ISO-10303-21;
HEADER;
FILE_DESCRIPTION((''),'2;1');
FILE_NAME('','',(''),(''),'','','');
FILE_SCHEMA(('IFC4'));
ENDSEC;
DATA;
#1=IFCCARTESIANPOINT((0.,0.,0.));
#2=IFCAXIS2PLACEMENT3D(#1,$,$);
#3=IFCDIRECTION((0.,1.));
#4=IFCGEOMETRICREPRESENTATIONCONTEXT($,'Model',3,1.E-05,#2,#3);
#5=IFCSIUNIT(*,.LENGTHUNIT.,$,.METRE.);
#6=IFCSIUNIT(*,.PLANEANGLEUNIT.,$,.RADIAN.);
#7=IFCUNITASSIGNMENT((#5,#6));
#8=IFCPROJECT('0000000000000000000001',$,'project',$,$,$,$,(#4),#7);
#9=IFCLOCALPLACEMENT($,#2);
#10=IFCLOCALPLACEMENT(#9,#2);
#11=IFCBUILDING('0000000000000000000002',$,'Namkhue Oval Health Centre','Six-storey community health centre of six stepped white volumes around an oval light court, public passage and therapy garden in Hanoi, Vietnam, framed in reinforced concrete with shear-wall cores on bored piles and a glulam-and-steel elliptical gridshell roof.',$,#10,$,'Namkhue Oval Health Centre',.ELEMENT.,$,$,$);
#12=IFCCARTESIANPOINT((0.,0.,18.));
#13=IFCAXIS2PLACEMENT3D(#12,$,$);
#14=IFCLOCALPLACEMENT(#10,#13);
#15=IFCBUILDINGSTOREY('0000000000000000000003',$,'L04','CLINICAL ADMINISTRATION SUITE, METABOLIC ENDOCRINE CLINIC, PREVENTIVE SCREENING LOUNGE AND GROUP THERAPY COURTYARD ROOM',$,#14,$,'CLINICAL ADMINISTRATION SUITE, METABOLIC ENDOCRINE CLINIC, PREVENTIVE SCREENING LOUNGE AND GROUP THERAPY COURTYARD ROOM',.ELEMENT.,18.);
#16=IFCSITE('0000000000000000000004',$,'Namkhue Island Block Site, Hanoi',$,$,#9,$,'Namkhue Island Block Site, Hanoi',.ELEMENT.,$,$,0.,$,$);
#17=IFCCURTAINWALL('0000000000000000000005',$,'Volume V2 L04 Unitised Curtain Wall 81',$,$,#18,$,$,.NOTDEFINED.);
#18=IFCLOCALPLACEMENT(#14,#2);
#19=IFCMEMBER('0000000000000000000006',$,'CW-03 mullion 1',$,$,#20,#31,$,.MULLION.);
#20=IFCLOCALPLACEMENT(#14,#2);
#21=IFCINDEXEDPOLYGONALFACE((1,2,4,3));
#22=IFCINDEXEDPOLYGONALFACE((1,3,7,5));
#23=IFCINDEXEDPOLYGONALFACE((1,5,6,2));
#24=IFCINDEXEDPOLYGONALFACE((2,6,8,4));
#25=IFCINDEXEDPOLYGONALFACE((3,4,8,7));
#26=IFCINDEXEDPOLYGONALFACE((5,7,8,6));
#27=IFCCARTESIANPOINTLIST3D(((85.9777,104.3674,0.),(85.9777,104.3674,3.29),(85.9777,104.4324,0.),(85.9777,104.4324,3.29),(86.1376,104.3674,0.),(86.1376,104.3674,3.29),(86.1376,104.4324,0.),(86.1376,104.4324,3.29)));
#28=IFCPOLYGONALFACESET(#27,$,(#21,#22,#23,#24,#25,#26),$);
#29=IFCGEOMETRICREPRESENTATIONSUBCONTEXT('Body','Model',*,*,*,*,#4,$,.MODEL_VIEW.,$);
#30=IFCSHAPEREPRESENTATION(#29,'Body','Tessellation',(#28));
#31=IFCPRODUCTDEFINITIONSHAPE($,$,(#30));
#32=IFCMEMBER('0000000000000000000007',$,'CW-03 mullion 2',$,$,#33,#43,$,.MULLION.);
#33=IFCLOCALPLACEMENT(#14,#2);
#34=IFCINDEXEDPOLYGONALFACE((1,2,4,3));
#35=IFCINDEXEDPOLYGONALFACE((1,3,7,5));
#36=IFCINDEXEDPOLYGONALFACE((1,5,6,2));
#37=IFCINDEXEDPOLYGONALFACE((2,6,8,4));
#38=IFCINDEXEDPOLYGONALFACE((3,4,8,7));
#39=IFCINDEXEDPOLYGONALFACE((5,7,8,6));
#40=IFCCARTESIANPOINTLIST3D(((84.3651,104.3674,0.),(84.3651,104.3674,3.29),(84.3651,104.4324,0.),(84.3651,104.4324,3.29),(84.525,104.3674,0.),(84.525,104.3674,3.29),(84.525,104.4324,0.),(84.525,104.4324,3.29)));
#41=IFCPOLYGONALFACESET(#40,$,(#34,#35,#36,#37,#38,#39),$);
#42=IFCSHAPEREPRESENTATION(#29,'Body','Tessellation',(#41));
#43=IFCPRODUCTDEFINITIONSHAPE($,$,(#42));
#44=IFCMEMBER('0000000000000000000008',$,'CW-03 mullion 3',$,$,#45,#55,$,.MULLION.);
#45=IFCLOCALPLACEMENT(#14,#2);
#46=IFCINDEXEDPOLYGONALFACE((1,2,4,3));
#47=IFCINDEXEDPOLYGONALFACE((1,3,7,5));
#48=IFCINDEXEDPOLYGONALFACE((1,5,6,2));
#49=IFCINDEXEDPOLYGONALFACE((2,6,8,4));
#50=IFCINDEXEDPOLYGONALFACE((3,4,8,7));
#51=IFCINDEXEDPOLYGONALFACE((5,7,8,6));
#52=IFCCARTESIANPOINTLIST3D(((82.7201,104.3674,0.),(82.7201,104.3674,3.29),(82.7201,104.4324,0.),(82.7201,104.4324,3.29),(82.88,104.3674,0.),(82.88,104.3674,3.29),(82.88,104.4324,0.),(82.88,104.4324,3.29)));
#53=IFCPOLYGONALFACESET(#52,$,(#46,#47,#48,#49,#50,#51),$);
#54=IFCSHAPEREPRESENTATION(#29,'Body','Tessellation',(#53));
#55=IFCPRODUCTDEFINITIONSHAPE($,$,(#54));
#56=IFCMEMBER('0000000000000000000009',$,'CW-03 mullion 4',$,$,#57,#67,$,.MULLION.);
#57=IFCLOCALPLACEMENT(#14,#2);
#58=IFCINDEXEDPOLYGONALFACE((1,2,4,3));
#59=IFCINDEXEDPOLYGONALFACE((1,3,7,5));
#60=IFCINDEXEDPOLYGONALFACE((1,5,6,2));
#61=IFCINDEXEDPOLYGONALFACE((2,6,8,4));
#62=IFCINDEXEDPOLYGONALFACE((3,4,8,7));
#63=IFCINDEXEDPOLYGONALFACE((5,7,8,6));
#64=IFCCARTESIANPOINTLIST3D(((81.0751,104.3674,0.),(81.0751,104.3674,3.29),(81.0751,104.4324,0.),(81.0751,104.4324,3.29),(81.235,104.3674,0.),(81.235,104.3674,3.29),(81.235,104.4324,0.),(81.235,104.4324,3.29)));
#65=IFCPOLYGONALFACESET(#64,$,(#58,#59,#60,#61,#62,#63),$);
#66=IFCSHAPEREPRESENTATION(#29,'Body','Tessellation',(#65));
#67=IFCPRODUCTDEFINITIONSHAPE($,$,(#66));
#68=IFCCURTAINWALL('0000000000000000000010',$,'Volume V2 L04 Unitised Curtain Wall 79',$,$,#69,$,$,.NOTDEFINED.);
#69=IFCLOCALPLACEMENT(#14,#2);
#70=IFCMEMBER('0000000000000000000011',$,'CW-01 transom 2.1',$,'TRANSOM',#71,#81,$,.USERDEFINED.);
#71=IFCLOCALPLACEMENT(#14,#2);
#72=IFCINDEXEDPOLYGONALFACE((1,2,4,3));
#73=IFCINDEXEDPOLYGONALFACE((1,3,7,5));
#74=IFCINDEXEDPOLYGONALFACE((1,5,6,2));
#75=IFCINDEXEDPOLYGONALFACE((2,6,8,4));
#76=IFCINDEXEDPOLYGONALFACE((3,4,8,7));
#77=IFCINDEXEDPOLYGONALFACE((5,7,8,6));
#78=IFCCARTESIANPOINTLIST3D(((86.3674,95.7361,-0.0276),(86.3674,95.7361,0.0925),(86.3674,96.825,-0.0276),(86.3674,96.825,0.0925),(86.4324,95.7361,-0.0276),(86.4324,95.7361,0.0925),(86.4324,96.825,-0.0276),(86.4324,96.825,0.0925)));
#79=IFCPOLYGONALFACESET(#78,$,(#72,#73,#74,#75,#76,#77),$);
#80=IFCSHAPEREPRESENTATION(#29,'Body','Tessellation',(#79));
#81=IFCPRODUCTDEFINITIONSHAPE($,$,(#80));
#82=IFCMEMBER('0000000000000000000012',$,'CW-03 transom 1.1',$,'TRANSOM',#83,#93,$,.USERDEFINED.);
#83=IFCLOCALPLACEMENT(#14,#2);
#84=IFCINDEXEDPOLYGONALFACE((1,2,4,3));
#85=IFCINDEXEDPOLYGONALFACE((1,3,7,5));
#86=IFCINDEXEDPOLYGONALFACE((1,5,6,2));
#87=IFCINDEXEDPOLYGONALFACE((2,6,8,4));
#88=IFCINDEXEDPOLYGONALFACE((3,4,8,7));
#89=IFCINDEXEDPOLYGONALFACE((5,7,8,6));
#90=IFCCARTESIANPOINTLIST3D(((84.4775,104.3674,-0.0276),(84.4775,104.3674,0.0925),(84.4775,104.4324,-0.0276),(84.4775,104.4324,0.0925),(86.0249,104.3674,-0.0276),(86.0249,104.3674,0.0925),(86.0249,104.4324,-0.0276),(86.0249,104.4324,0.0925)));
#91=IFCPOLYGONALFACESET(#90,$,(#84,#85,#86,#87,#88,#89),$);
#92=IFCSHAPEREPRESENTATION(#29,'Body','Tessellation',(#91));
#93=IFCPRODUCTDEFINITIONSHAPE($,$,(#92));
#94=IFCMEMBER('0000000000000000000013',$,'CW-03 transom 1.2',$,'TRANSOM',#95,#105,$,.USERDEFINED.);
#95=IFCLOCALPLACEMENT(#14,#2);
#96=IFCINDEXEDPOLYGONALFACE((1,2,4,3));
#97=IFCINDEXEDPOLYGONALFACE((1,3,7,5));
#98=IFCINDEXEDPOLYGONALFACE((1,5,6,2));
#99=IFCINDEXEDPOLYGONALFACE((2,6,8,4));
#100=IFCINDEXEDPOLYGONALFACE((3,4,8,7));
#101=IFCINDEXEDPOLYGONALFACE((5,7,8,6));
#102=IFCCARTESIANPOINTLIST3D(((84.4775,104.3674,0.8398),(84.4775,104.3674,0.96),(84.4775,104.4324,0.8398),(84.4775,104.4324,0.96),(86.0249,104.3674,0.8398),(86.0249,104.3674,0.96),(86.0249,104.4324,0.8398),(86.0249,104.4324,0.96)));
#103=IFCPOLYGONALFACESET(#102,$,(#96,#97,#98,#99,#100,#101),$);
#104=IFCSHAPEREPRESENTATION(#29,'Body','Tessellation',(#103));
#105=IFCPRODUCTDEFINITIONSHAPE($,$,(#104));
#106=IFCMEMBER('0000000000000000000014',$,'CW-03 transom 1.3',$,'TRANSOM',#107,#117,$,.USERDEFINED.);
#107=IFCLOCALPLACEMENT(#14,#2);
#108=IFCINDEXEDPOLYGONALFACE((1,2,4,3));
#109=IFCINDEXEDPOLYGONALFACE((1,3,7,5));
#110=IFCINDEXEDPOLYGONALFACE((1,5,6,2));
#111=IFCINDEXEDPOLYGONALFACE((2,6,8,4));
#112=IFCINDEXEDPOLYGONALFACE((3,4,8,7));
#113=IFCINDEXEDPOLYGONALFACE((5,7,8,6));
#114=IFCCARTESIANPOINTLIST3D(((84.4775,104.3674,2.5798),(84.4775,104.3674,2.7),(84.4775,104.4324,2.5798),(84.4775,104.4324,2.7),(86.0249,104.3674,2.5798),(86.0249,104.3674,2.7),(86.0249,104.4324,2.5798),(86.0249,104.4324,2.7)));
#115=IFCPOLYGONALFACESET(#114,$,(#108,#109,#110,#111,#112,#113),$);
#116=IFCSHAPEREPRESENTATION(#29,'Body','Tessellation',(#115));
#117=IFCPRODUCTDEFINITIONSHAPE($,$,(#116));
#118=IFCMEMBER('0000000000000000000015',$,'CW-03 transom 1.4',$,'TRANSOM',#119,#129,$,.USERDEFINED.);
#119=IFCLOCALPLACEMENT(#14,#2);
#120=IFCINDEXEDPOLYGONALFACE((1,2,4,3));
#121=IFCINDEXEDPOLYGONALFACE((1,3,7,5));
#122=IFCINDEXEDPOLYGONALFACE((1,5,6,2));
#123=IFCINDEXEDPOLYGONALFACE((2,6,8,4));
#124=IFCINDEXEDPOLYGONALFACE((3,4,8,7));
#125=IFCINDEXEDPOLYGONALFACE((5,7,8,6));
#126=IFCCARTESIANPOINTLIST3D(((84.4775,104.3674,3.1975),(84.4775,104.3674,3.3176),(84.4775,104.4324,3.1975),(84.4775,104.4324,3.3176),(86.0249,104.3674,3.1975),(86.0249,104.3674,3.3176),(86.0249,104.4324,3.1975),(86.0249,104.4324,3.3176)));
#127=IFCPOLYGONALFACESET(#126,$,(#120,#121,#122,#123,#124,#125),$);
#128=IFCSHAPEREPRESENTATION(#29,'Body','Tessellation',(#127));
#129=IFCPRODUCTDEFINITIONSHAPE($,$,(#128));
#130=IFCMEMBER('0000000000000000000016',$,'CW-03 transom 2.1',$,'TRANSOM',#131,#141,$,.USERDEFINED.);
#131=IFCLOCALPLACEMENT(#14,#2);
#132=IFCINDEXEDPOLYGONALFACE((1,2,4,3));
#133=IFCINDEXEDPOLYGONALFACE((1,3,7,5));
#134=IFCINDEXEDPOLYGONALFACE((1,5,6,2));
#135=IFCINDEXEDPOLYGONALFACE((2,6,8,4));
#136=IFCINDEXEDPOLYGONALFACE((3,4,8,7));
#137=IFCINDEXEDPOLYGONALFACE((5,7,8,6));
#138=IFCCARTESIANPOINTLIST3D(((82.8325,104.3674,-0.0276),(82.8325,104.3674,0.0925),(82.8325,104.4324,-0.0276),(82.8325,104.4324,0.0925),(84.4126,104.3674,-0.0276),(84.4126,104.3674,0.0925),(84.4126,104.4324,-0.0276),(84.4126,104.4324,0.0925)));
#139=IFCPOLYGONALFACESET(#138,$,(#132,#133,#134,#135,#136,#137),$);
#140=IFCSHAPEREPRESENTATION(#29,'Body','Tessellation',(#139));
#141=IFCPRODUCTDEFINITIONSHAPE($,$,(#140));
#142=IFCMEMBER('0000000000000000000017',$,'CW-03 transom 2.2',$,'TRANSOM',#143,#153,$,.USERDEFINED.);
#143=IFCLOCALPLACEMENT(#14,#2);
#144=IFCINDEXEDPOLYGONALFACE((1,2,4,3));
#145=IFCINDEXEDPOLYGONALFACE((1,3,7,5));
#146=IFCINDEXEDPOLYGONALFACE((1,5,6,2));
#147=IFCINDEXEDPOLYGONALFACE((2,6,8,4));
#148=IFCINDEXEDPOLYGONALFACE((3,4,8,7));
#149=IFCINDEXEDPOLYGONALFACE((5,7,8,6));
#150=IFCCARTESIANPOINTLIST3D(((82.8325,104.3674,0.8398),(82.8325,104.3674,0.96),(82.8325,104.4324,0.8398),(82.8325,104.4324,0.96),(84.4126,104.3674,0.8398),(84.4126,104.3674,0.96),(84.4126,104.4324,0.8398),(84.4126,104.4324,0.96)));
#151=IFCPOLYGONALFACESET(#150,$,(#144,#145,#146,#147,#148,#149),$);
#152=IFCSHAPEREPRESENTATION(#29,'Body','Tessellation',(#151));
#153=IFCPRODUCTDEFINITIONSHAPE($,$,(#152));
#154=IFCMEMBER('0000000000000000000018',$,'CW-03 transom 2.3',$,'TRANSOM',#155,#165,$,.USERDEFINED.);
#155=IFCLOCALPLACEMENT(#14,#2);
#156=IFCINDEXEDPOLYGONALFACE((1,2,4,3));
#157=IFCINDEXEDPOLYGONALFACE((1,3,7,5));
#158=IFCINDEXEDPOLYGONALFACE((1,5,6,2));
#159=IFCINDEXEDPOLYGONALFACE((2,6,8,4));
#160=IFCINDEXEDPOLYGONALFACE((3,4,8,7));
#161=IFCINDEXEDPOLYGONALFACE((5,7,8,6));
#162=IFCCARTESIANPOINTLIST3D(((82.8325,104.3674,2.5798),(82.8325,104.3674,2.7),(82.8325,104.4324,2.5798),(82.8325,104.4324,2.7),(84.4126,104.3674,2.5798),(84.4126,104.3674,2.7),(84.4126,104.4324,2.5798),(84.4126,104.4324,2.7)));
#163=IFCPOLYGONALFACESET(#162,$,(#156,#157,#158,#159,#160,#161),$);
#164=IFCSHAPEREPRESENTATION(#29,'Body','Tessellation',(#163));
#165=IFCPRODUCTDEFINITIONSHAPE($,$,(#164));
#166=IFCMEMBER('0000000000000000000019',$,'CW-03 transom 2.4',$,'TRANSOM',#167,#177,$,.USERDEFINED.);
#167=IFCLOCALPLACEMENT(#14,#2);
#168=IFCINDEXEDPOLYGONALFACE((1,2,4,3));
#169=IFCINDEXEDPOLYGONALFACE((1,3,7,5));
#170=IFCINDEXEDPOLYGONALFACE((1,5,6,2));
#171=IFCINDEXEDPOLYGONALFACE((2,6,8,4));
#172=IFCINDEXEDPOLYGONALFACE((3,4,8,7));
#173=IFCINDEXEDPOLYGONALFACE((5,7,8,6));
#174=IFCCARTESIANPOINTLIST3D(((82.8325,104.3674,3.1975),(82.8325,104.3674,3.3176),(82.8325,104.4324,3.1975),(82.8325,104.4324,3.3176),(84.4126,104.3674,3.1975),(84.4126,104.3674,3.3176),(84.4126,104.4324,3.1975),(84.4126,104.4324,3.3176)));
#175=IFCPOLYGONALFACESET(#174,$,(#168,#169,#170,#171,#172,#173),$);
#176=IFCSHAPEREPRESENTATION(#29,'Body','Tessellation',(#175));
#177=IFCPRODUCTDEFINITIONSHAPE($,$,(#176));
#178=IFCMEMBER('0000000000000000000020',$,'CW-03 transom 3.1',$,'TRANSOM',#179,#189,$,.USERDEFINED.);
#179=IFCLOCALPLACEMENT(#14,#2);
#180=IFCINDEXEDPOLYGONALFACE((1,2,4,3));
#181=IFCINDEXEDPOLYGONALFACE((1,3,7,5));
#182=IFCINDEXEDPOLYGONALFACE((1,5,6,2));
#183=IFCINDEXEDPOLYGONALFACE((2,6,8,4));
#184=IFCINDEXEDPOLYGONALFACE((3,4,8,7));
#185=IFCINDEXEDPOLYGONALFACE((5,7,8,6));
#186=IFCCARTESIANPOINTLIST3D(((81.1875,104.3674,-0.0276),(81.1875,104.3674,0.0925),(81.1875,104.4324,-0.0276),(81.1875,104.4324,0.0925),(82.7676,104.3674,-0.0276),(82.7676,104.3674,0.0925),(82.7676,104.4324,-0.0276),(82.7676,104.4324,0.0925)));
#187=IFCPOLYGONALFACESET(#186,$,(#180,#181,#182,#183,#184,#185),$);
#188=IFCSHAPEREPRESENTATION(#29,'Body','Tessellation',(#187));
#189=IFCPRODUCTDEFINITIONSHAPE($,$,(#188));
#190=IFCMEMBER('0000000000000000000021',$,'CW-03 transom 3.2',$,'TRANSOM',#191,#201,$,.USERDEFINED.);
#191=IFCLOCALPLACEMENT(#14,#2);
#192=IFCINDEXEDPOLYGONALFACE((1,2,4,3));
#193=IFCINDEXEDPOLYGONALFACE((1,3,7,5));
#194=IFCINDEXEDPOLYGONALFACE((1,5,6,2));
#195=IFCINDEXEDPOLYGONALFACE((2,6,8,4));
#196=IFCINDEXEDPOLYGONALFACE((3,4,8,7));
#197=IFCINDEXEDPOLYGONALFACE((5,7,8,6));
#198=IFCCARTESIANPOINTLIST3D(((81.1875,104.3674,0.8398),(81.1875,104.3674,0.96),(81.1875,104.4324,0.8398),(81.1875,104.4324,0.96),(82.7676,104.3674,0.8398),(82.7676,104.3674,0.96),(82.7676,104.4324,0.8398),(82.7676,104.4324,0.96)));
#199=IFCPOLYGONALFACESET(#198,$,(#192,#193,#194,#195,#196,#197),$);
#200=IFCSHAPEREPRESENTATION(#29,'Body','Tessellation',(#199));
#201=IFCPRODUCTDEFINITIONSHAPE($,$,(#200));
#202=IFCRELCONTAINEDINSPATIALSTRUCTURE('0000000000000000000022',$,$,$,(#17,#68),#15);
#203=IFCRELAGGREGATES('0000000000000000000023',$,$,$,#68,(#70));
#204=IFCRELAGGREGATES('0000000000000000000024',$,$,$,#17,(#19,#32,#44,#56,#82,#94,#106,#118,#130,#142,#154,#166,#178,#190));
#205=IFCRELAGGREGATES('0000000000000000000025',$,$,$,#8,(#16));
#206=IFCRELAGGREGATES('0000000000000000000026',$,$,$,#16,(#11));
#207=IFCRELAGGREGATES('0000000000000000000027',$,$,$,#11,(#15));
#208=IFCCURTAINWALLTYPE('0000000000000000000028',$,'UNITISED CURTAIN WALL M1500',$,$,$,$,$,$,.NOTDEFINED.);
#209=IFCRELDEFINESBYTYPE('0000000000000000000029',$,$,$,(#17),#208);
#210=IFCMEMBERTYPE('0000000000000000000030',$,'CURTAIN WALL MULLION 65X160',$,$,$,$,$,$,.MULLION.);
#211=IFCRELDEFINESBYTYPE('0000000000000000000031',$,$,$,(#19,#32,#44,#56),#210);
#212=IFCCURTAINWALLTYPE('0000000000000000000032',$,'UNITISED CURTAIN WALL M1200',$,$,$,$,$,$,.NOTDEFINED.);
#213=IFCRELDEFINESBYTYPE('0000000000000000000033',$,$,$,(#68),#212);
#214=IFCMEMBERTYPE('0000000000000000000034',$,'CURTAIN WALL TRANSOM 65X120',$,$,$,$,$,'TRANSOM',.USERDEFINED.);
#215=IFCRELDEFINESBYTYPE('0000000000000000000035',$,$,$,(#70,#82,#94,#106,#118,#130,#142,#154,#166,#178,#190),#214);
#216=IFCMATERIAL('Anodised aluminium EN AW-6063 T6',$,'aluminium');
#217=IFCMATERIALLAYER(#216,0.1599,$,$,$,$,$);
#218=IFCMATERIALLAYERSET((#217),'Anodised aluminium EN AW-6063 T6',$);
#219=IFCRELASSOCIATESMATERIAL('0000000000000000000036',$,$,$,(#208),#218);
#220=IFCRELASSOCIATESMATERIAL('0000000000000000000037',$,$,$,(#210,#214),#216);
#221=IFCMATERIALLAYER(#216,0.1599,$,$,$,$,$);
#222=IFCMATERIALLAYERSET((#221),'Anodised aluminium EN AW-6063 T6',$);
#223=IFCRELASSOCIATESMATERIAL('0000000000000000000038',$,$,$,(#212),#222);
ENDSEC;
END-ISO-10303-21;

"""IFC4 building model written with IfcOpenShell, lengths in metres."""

from ifc_helpers import new_model, si_unit, direction, frame, origin, origin_2d, place, context, subcontext, project, spatial, rectangle, extrude, material, layer, layer_set, material_profile, profile_set, type_object, element, aggregate, save


model = new_model("IFC4")

# Units and contexts
model_context = context("Model", 3, precision=1e-05, world=origin(), true_north=direction((0.0, 1.0)))
body_context = subcontext(model_context, "Body", "Model", "MODEL_VIEW")
ifc_project = project(units=[si_unit("LENGTHUNIT", "METRE"), si_unit("PLANEANGLEUNIT", "RADIAN")], contexts=[model_context])

# Site, building, storey
site_placement = place(None, origin())
site = spatial("IfcSite", under=ifc_project, at=site_placement, Name="Namkhue Island Block Site, Hanoi", LongName="Namkhue Island Block Site, Hanoi", CompositionType="ELEMENT", RefElevation=0.0)
building_placement = place(site_placement, origin())
building = spatial("IfcBuilding", under=site, at=building_placement, Name="Namkhue Oval Health Centre", Description="Six-storey community health centre of six stepped white volumes around an oval light court, public passage and therapy garden in Hanoi, Vietnam, framed in reinforced concrete with shear-wall cores on bored piles and a glulam-and-steel elliptical gridshell roof.", LongName="Namkhue Oval Health Centre", CompositionType="ELEMENT")
storey_placement = place(building_placement, frame((0.0, 0.0, 18.0)))
storey = spatial("IfcBuildingStorey", under=building, at=storey_placement, Name="L04", Description="CLINICAL ADMINISTRATION SUITE, METABOLIC ENDOCRINE CLINIC, PREVENTIVE SCREENING LOUNGE AND GROUP THERAPY COURTYARD ROOM", LongName="CLINICAL ADMINISTRATION SUITE, METABOLIC ENDOCRINE CLINIC, PREVENTIVE SCREENING LOUNGE AND GROUP THERAPY COURTYARD ROOM", CompositionType="ELEMENT", Elevation=18.0)

# Curtain wall, members
ifc_material_1 = material(Name="Anodised aluminium EN AW-6063 T6", Category="aluminium")
ifc_layer_1 = layer(ifc_material_1, 0.1599)
ifc_layer_set_1 = layer_set([ifc_layer_1], Name="Anodised aluminium EN AW-6063 T6")
curtain_wall_type_1 = type_object("IfcCurtainWallType", Name="UNITISED CURTAIN WALL M1500", PredefinedType="NOTDEFINED", material=ifc_layer_set_1)
curtain_wall_1_placement = place(storey_placement, origin())
curtain_wall_1 = element("IfcCurtainWall", 1, at=curtain_wall_1_placement, inside=storey, type_object=curtain_wall_type_1, Name="Volume V2 L04 Unitised Curtain Wall 81", PredefinedType="NOTDEFINED")
ifc_material_profile_1 = material_profile(ifc_material_1, rectangle(XDim=0.0649, YDim=0.1599, at=origin_2d()), Name="ALU 65x160")
ifc_profile_set_1 = profile_set([ifc_material_profile_1], Name="Anodised aluminium EN AW-6063 T6")
member_type_1 = type_object("IfcMemberType", Name="CURTAIN WALL MULLION 65X160", PredefinedType="MULLION", material=ifc_profile_set_1)
member_1_placement = place(storey_placement, frame((86.0576, 104.3999, 0.0), z_axis=(0.0, 0.0, 1.0), x_axis=(0.0, -1.0, 0.0)))
member_1 = element("IfcMember", 2, at=member_1_placement, type_object=member_type_1, Name="CW-03 mullion 1", PredefinedType="MULLION", context=body_context, shape_type="SweptSolid", body=[
    extrude(rectangle(XDim=0.0649, YDim=0.1599, at=origin_2d()), origin(), (0.0, 0.0, 1.0), 3.29),
])
member_2_placement = place(storey_placement, frame((84.4451, 104.3999, 0.0), z_axis=(0.0, 0.0, 1.0), x_axis=(0.0, -1.0, 0.0)))
member_2 = element("IfcMember", 3, at=member_2_placement, type_object=member_type_1, Name="CW-03 mullion 2", PredefinedType="MULLION", context=body_context, shape_type="SweptSolid", body=[
    extrude(rectangle(XDim=0.0649, YDim=0.1599, at=origin_2d()), origin(), (0.0, 0.0, 1.0), 3.29),
])
member_3_placement = place(storey_placement, frame((82.8, 104.3999, 0.0), z_axis=(0.0, 0.0, 1.0), x_axis=(0.0, -1.0, 0.0)))
member_3 = element("IfcMember", 4, at=member_3_placement, type_object=member_type_1, Name="CW-03 mullion 3", PredefinedType="MULLION", context=body_context, shape_type="SweptSolid", body=[
    extrude(rectangle(XDim=0.0649, YDim=0.1599, at=origin_2d()), origin(), (0.0, 0.0, 1.0), 3.29),
])
member_4_placement = place(storey_placement, frame((81.155, 104.3999, 0.0), z_axis=(0.0, 0.0, 1.0), x_axis=(0.0, -1.0, 0.0)))
member_4 = element("IfcMember", 5, at=member_4_placement, type_object=member_type_1, Name="CW-03 mullion 4", PredefinedType="MULLION", context=body_context, shape_type="SweptSolid", body=[
    extrude(rectangle(XDim=0.0649, YDim=0.1599, at=origin_2d()), origin(), (0.0, 0.0, 1.0), 3.29),
])

# Curtain wall, member
ifc_layer_2 = layer(ifc_material_1, 0.1599)
ifc_layer_set_2 = layer_set([ifc_layer_2], Name="Anodised aluminium EN AW-6063 T6")
curtain_wall_type_2 = type_object("IfcCurtainWallType", Name="UNITISED CURTAIN WALL M1200", PredefinedType="NOTDEFINED", material=ifc_layer_set_2)
curtain_wall_2_placement = place(storey_placement, origin())
curtain_wall_2 = element("IfcCurtainWall", 6, at=curtain_wall_2_placement, inside=storey, type_object=curtain_wall_type_2, Name="Volume V2 L04 Unitised Curtain Wall 79", PredefinedType="NOTDEFINED")
ifc_material_profile_2 = material_profile(ifc_material_1, rectangle(XDim=0.0649, YDim=0.1201, at=origin_2d()), Name="ALU 65x120")
ifc_profile_set_2 = profile_set([ifc_material_profile_2], Name="Anodised aluminium EN AW-6063 T6")
member_type_2 = type_object("IfcMemberType", Name="CURTAIN WALL TRANSOM 65X120", ElementType="TRANSOM", PredefinedType="USERDEFINED", material=ifc_profile_set_2)
member_5_placement = place(storey_placement, frame((86.3999, 95.7361, 0.0325), z_axis=(0.0, 1.0, 0.0), x_axis=(-1.0, 0.0, 0.0)))
member_5 = element("IfcMember", 7, at=member_5_placement, type_object=member_type_2, Name="CW-01 transom 2.1", ObjectType="TRANSOM", PredefinedType="USERDEFINED", context=body_context, shape_type="SweptSolid", body=[
    extrude(rectangle(XDim=0.0649, YDim=0.1201, at=origin_2d()), origin(), (0.0, 0.0, 1.0), 1.0889),
])
aggregate(curtain_wall_2, [member_5])

# Members
member_6_placement = place(storey_placement, frame((86.0249, 104.3999, 0.0325), z_axis=(-1.0, 0.0, 0.0), x_axis=(0.0, -1.0, 0.0)))
member_6 = element("IfcMember", 8, at=member_6_placement, type_object=member_type_2, Name="CW-03 transom 1.1", ObjectType="TRANSOM", PredefinedType="USERDEFINED", context=body_context, shape_type="SweptSolid", body=[
    extrude(rectangle(XDim=0.0649, YDim=0.1201, at=origin_2d()), origin(), (0.0, 0.0, 1.0), 1.5474),
])
member_7_placement = place(storey_placement, frame((86.0249, 104.3999, 0.8999), z_axis=(-1.0, 0.0, 0.0), x_axis=(0.0, -1.0, 0.0)))
member_7 = element("IfcMember", 9, at=member_7_placement, type_object=member_type_2, Name="CW-03 transom 1.2", ObjectType="TRANSOM", PredefinedType="USERDEFINED", context=body_context, shape_type="SweptSolid", body=[
    extrude(rectangle(XDim=0.0649, YDim=0.1201, at=origin_2d()), origin(), (0.0, 0.0, 1.0), 1.5474),
])
member_8_placement = place(storey_placement, frame((86.0249, 104.3999, 2.6399), z_axis=(-1.0, 0.0, 0.0), x_axis=(0.0, -1.0, 0.0)))
member_8 = element("IfcMember", 10, at=member_8_placement, type_object=member_type_2, Name="CW-03 transom 1.3", ObjectType="TRANSOM", PredefinedType="USERDEFINED", context=body_context, shape_type="SweptSolid", body=[
    extrude(rectangle(XDim=0.0649, YDim=0.1201, at=origin_2d()), origin(), (0.0, 0.0, 1.0), 1.5474),
])
member_9_placement = place(storey_placement, frame((86.0249, 104.3999, 3.2576), z_axis=(-1.0, 0.0, 0.0), x_axis=(0.0, -1.0, 0.0)))
member_9 = element("IfcMember", 11, at=member_9_placement, type_object=member_type_2, Name="CW-03 transom 1.4", ObjectType="TRANSOM", PredefinedType="USERDEFINED", context=body_context, shape_type="SweptSolid", body=[
    extrude(rectangle(XDim=0.0649, YDim=0.1201, at=origin_2d()), origin(), (0.0, 0.0, 1.0), 1.5474),
])
member_10_placement = place(storey_placement, frame((84.4126, 104.3999, 0.0325), z_axis=(-1.0, 0.0, 0.0), x_axis=(0.0, -1.0, 0.0)))
member_10 = element("IfcMember", 12, at=member_10_placement, type_object=member_type_2, Name="CW-03 transom 2.1", ObjectType="TRANSOM", PredefinedType="USERDEFINED", context=body_context, shape_type="SweptSolid", body=[
    extrude(rectangle(XDim=0.0649, YDim=0.1201, at=origin_2d()), origin(), (0.0, 0.0, 1.0), 1.5801),
])
member_11_placement = place(storey_placement, frame((84.4126, 104.3999, 0.8999), z_axis=(-1.0, 0.0, 0.0), x_axis=(0.0, -1.0, 0.0)))
member_11 = element("IfcMember", 13, at=member_11_placement, type_object=member_type_2, Name="CW-03 transom 2.2", ObjectType="TRANSOM", PredefinedType="USERDEFINED", context=body_context, shape_type="SweptSolid", body=[
    extrude(rectangle(XDim=0.0649, YDim=0.1201, at=origin_2d()), origin(), (0.0, 0.0, 1.0), 1.5801),
])
member_12_placement = place(storey_placement, frame((84.4126, 104.3999, 2.6399), z_axis=(-1.0, 0.0, 0.0), x_axis=(0.0, -1.0, 0.0)))
member_12 = element("IfcMember", 14, at=member_12_placement, type_object=member_type_2, Name="CW-03 transom 2.3", ObjectType="TRANSOM", PredefinedType="USERDEFINED", context=body_context, shape_type="SweptSolid", body=[
    extrude(rectangle(XDim=0.0649, YDim=0.1201, at=origin_2d()), origin(), (0.0, 0.0, 1.0), 1.5801),
])
member_13_placement = place(storey_placement, frame((84.4126, 104.3999, 3.2576), z_axis=(-1.0, 0.0, 0.0), x_axis=(0.0, -1.0, 0.0)))
member_13 = element("IfcMember", 15, at=member_13_placement, type_object=member_type_2, Name="CW-03 transom 2.4", ObjectType="TRANSOM", PredefinedType="USERDEFINED", context=body_context, shape_type="SweptSolid", body=[
    extrude(rectangle(XDim=0.0649, YDim=0.1201, at=origin_2d()), origin(), (0.0, 0.0, 1.0), 1.5801),
])
member_14_placement = place(storey_placement, frame((82.7676, 104.3999, 0.0325), z_axis=(-1.0, 0.0, 0.0), x_axis=(0.0, -1.0, 0.0)))
member_14 = element("IfcMember", 16, at=member_14_placement, type_object=member_type_2, Name="CW-03 transom 3.1", ObjectType="TRANSOM", PredefinedType="USERDEFINED", context=body_context, shape_type="SweptSolid", body=[
    extrude(rectangle(XDim=0.0649, YDim=0.1201, at=origin_2d()), origin(), (0.0, 0.0, 1.0), 1.5801),
])
member_15_placement = place(storey_placement, frame((82.7676, 104.3999, 0.8999), z_axis=(-1.0, 0.0, 0.0), x_axis=(0.0, -1.0, 0.0)))
member_15 = element("IfcMember", 17, at=member_15_placement, type_object=member_type_2, Name="CW-03 transom 3.2", ObjectType="TRANSOM", PredefinedType="USERDEFINED", context=body_context, shape_type="SweptSolid", body=[
    extrude(rectangle(XDim=0.0649, YDim=0.1201, at=origin_2d()), origin(), (0.0, 0.0, 1.0), 1.5801),
])

aggregate(curtain_wall_1, [member_1, member_2, member_3, member_4, member_6, member_7, member_8, member_9, member_10, member_11, member_12, member_13, member_14, member_15])

save(model, "model.ifc")
